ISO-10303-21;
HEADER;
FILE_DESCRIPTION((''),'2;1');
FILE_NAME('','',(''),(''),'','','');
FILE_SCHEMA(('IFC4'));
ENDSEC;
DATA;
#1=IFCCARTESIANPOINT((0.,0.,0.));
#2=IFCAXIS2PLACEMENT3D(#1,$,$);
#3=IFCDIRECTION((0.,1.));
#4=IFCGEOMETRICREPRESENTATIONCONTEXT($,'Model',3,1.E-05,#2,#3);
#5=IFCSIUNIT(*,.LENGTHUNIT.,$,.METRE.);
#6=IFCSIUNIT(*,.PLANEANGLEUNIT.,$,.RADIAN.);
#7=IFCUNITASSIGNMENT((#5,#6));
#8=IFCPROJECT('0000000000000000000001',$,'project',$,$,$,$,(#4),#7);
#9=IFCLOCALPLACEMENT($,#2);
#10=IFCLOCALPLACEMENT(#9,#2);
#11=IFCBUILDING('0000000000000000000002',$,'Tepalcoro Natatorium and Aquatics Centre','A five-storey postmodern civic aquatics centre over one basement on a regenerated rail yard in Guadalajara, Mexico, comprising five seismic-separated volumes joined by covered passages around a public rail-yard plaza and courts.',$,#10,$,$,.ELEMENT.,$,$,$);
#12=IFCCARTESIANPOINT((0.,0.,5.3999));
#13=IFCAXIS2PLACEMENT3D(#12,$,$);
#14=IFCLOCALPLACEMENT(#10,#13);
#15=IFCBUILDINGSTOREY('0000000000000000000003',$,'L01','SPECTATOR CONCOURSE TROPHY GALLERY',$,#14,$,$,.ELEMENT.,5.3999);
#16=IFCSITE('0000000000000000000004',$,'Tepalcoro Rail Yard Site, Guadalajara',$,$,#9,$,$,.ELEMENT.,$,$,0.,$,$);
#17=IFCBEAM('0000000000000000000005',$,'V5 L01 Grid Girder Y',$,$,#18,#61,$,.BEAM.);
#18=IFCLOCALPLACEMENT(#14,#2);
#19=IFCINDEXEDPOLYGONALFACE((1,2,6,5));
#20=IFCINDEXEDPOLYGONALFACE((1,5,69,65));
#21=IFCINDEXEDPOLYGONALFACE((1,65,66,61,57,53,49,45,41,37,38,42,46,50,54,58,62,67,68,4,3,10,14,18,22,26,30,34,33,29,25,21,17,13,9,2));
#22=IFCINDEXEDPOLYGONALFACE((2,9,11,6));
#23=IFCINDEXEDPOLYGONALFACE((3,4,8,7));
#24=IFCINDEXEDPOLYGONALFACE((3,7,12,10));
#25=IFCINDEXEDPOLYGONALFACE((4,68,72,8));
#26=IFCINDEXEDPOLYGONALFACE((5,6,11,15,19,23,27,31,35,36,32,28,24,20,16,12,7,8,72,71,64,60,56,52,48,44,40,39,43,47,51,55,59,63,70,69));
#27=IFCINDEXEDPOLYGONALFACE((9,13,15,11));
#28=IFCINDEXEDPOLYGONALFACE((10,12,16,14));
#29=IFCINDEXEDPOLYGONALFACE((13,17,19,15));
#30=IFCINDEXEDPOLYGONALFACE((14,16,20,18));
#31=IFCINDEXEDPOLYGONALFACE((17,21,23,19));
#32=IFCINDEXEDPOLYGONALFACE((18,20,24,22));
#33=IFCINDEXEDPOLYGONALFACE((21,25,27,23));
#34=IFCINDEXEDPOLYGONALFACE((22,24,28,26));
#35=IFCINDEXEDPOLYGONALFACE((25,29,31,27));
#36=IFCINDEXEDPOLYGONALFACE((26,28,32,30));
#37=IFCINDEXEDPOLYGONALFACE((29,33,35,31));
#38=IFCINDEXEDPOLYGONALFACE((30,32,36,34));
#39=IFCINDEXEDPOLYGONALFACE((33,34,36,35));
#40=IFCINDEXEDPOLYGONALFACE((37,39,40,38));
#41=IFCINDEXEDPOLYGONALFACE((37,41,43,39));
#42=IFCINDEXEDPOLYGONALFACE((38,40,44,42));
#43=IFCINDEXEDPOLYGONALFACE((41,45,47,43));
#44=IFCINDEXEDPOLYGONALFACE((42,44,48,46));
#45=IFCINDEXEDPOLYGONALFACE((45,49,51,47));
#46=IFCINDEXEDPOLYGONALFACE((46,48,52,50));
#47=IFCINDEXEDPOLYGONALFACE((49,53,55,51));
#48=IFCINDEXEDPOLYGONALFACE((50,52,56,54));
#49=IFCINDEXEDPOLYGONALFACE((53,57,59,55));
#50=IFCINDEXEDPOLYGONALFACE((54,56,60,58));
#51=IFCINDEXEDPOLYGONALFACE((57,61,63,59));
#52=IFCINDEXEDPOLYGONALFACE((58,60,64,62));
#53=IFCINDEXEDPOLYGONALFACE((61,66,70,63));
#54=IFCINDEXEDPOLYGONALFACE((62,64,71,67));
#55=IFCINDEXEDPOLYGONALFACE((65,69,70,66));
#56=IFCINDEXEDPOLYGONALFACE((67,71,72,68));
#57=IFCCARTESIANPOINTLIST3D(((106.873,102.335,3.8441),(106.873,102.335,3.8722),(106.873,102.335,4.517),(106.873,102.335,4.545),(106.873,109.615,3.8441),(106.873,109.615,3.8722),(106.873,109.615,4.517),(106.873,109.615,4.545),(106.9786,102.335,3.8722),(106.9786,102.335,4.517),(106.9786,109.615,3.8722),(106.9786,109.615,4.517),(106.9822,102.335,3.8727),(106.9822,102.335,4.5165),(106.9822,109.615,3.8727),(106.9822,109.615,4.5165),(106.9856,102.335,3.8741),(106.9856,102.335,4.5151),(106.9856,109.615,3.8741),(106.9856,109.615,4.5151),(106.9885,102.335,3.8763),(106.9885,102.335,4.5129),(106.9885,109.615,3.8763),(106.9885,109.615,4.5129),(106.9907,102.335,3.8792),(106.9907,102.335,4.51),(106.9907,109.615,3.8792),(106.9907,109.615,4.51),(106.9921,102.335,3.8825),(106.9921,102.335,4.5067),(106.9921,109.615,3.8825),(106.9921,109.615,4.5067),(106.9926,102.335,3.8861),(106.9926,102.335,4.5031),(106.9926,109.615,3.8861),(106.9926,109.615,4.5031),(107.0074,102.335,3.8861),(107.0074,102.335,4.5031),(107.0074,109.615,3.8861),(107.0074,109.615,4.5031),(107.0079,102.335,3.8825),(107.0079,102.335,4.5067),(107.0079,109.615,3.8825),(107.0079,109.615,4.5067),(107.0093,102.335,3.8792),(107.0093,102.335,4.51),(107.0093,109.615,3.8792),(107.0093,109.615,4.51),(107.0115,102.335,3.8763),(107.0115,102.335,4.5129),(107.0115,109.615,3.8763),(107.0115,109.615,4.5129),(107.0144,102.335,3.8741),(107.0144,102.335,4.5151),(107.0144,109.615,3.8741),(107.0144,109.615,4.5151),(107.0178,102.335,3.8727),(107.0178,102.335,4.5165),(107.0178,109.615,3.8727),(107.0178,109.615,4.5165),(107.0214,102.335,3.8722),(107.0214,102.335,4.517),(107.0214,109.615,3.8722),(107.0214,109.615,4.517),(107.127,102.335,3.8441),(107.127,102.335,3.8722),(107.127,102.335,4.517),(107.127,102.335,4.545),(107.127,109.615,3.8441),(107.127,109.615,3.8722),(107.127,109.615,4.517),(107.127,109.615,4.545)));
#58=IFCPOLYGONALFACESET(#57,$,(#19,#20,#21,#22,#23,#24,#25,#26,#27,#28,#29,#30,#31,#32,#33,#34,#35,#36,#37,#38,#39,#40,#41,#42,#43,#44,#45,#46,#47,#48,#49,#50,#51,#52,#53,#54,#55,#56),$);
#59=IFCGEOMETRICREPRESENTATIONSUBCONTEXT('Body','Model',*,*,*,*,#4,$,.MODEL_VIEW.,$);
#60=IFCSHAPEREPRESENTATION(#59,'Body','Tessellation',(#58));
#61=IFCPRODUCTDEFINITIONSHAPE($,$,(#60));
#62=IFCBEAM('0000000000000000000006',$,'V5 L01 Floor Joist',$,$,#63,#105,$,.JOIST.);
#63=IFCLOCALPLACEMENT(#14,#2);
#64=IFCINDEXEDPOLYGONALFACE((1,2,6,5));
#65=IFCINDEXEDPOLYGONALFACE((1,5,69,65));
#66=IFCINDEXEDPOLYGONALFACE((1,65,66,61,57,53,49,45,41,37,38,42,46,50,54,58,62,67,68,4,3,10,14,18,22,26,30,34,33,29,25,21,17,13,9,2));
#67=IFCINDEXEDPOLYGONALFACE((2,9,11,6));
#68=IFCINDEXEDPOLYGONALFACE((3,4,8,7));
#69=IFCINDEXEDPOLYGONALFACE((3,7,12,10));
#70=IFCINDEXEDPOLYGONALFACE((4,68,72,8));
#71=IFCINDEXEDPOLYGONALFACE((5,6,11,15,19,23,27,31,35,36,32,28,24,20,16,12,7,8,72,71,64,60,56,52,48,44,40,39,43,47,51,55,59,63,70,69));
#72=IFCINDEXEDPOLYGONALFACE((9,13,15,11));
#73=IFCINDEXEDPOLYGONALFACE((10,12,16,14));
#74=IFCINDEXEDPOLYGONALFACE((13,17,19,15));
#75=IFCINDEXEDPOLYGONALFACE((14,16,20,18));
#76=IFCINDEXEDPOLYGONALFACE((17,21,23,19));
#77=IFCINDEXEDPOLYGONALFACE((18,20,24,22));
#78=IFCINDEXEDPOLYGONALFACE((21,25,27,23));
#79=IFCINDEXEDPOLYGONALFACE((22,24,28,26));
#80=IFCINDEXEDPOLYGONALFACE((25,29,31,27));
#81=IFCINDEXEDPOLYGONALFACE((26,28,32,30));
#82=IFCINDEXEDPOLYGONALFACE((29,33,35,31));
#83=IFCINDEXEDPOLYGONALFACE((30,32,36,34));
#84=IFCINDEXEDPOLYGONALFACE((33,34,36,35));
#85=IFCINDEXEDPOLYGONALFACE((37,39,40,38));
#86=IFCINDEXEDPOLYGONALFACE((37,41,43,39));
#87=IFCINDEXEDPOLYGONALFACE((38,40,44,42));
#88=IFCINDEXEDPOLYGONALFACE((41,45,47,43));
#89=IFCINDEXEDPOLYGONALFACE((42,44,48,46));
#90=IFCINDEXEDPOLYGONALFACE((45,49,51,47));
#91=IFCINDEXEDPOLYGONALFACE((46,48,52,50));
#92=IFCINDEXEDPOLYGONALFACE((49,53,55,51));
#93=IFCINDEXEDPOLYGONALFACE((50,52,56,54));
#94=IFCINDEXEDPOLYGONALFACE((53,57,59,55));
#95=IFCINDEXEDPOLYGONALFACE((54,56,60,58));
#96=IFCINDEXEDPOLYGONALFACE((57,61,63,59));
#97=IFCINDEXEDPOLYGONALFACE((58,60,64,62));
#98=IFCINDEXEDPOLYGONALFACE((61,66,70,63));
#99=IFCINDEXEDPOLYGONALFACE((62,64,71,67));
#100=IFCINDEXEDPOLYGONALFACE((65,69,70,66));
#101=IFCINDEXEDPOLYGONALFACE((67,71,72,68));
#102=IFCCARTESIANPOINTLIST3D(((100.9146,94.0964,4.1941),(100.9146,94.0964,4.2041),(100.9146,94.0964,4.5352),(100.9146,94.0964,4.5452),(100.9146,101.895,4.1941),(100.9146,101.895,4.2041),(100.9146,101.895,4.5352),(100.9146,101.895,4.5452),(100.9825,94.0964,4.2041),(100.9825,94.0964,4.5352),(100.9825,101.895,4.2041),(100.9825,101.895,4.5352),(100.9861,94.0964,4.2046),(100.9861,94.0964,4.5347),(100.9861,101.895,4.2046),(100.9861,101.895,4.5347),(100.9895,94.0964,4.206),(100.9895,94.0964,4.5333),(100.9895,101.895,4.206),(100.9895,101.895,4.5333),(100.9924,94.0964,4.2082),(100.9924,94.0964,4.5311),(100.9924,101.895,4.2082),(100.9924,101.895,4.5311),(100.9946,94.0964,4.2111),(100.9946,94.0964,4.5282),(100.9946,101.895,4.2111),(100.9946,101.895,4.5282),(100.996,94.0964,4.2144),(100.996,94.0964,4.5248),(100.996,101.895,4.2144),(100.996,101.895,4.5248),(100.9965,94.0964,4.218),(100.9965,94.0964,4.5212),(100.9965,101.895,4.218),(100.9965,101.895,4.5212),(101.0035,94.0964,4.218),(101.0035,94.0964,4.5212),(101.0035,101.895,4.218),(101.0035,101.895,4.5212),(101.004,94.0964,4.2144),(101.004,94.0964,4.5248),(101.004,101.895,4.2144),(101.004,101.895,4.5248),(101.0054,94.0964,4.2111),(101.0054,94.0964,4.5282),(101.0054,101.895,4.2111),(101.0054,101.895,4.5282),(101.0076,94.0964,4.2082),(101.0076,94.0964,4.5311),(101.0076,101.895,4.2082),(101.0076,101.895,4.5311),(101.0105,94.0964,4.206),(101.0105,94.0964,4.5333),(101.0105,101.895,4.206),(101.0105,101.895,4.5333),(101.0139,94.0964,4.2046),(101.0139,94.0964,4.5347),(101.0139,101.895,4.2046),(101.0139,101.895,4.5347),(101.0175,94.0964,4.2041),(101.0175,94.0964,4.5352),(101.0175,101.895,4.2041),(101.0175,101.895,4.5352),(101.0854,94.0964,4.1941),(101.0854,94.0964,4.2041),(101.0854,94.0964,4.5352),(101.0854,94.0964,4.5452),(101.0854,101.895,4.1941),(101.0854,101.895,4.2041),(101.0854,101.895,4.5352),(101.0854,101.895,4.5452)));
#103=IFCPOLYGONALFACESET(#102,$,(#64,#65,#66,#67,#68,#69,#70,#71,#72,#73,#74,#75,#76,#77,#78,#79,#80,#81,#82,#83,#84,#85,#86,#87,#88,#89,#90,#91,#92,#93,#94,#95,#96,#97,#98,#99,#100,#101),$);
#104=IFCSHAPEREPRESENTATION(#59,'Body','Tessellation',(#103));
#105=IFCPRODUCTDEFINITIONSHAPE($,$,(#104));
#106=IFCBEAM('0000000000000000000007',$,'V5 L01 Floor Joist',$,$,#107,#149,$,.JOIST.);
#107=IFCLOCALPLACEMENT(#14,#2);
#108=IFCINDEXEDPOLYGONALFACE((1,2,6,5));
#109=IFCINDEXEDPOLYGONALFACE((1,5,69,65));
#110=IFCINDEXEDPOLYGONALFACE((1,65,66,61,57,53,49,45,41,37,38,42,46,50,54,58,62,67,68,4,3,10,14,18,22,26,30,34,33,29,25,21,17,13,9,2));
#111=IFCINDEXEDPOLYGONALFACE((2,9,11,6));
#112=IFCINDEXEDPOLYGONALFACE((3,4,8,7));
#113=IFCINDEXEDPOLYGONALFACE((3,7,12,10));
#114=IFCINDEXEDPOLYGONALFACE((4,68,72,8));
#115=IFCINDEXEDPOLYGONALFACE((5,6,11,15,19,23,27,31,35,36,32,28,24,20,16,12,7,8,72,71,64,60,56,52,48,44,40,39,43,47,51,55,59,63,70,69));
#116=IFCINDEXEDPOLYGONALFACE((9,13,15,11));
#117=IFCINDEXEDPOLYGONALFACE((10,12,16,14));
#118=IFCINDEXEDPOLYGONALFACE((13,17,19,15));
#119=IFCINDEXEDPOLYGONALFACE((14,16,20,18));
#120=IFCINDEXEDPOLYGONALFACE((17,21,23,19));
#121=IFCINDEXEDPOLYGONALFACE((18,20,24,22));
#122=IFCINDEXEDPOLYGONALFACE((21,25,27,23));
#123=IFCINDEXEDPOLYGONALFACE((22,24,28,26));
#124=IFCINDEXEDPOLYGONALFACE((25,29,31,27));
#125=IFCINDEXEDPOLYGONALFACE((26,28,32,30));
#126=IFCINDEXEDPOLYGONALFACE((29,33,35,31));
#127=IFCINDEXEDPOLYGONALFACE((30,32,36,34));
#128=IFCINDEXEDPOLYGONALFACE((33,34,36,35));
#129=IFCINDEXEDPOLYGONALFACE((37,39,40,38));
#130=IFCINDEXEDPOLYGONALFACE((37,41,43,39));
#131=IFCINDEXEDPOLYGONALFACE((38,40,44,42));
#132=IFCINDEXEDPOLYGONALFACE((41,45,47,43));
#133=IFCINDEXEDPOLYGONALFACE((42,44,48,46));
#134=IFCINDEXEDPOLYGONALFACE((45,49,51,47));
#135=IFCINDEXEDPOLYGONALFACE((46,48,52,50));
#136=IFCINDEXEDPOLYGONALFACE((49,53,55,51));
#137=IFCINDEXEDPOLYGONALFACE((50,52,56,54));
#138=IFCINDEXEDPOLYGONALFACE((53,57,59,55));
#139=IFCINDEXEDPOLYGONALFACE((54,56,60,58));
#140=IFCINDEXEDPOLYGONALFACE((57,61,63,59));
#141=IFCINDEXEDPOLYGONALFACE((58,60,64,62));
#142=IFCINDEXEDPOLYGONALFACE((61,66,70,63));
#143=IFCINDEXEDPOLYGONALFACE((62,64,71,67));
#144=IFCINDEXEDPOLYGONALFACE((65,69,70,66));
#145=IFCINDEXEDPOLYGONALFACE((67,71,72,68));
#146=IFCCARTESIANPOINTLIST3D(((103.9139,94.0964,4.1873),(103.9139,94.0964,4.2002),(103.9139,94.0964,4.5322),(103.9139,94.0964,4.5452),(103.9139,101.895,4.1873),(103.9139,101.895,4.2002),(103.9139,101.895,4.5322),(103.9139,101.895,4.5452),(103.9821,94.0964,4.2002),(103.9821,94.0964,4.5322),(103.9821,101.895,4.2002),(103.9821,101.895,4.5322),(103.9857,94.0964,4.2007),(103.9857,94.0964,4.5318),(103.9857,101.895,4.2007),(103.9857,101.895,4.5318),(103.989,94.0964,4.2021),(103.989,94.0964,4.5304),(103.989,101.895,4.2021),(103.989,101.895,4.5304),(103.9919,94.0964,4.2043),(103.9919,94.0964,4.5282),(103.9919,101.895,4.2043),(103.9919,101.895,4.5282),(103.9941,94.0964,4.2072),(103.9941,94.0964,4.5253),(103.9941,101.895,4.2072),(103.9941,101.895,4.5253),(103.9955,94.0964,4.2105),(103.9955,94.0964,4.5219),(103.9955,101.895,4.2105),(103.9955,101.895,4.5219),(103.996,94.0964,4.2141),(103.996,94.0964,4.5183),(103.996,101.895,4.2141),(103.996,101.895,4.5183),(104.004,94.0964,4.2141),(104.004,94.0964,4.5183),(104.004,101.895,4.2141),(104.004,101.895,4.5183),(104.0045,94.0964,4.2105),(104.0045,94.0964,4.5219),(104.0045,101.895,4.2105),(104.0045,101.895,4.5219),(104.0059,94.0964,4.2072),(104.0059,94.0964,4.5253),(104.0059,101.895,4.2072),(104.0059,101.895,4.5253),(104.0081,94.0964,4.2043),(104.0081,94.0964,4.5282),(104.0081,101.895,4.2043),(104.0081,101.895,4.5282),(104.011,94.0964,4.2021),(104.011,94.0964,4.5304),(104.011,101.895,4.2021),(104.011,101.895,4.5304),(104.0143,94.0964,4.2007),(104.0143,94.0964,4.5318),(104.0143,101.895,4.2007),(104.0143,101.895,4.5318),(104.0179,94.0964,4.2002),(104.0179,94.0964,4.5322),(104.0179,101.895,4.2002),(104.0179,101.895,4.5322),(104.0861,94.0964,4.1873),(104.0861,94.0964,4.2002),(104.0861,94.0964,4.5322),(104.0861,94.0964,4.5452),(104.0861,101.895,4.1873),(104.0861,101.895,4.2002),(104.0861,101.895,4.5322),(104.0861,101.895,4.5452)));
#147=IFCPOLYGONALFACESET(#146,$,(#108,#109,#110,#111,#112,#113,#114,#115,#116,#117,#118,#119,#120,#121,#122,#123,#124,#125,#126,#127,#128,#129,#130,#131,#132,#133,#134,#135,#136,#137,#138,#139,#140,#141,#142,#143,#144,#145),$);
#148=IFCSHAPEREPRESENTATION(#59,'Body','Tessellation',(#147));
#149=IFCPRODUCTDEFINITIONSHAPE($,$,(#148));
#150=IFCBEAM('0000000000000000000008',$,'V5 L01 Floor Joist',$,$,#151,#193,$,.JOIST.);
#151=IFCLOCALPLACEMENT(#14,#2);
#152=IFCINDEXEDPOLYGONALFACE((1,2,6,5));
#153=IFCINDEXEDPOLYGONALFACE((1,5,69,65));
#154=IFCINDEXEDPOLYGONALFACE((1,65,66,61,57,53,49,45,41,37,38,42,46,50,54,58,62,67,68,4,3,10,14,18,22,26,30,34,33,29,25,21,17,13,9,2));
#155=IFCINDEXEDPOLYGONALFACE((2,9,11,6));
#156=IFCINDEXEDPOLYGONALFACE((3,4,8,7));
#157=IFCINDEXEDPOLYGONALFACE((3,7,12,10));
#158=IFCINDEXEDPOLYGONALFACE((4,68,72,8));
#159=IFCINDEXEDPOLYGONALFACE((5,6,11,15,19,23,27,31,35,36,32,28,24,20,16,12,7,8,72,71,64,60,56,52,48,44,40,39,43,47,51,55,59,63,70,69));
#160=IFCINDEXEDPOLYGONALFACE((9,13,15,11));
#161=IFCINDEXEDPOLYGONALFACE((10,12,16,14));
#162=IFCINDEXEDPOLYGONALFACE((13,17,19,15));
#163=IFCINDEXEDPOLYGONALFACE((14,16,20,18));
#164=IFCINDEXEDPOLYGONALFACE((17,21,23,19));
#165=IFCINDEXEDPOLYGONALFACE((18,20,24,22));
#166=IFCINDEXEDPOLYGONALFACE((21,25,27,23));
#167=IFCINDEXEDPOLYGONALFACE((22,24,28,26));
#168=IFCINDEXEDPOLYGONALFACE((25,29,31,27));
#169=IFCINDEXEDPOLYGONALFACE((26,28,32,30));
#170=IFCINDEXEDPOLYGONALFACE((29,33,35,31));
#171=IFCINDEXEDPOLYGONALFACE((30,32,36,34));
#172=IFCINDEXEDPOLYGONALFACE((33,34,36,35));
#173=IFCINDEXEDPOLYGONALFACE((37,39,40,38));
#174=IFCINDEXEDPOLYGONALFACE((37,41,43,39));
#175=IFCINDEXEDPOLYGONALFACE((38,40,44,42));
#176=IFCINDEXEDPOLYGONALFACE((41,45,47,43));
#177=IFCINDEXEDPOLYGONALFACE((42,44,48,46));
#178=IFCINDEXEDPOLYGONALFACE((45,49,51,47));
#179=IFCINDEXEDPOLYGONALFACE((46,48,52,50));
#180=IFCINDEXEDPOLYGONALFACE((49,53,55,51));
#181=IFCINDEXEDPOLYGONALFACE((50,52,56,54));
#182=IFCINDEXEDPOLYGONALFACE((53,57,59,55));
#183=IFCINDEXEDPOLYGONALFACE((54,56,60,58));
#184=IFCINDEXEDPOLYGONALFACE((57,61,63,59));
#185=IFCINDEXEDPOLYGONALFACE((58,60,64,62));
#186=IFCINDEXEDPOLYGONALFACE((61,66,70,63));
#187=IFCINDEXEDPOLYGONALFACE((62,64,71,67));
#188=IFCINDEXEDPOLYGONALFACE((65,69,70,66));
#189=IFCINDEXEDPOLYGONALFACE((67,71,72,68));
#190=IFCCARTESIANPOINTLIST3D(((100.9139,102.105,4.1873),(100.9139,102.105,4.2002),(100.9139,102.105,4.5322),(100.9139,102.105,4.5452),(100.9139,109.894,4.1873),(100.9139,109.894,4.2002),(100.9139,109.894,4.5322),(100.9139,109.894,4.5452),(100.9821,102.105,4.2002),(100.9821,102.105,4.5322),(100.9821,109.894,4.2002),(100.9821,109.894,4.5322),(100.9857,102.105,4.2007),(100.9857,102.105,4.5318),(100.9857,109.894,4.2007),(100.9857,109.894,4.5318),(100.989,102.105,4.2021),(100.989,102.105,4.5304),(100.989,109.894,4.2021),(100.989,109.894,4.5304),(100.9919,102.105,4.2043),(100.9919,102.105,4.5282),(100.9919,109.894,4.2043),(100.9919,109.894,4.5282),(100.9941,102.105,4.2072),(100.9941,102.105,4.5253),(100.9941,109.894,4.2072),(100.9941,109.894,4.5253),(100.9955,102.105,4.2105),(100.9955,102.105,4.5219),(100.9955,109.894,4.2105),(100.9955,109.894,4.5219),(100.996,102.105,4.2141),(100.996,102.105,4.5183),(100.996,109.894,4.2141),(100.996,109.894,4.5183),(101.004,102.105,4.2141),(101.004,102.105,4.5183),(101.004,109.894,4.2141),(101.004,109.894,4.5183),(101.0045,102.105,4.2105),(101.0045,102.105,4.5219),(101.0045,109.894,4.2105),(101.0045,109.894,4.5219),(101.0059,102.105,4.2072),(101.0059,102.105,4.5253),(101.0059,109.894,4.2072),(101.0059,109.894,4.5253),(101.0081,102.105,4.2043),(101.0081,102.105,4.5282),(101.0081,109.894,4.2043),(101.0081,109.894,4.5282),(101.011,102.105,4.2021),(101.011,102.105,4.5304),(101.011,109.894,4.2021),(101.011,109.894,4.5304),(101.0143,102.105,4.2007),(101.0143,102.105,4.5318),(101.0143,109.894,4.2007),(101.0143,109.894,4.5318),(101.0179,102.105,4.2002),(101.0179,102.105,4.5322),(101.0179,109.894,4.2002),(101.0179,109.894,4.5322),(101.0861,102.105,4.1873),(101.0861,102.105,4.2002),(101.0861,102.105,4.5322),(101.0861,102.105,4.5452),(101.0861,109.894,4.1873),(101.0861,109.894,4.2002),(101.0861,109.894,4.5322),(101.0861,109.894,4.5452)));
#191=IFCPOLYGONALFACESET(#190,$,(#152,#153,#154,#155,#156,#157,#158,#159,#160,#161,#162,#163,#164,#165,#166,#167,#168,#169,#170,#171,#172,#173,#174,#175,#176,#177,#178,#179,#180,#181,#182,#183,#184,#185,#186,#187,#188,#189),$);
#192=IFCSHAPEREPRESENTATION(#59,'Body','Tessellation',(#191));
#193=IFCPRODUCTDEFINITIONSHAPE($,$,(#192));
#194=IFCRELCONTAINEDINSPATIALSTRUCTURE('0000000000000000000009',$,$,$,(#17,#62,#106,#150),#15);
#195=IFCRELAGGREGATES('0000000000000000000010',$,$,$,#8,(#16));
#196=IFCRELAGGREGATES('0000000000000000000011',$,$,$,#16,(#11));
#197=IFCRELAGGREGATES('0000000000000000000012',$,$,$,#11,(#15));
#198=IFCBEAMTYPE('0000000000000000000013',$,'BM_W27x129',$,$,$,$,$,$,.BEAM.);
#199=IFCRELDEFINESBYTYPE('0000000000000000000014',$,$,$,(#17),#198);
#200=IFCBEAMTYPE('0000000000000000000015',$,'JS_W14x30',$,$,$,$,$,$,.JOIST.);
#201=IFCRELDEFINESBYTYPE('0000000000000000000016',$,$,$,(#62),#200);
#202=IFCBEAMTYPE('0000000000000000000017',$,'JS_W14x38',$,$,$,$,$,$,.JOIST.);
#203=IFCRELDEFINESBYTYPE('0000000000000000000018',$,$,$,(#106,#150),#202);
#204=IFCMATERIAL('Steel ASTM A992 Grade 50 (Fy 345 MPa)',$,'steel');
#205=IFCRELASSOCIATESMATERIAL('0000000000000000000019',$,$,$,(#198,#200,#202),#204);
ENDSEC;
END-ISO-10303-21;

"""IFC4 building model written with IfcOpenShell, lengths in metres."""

from ifc_helpers import new_model, si_unit, direction, frame, origin, origin_2d, place, context, subcontext, project, spatial, i_section, extrude, material, material_profile, profile_set, type_object, element, save


model = new_model("IFC4")

# Units and contexts
model_context = context("Model", 3, precision=1e-05, world=origin(), true_north=direction((0.0, 1.0)))
body_context = subcontext(model_context, "Body", "Model", "MODEL_VIEW")
ifc_project = project(units=[si_unit("LENGTHUNIT", "METRE"), si_unit("PLANEANGLEUNIT", "RADIAN")], contexts=[model_context])

# Site, building, storey
site_placement = place(None, origin())
site = spatial("IfcSite", under=ifc_project, at=site_placement, Name="Tepalcoro Rail Yard Site, Guadalajara", CompositionType="ELEMENT", RefElevation=0.0)
building_placement = place(site_placement, origin())
building = spatial("IfcBuilding", under=site, at=building_placement, Name="Tepalcoro Natatorium and Aquatics Centre", Description="A five-storey postmodern civic aquatics centre over one basement on a regenerated rail yard in Guadalajara, Mexico, comprising five seismic-separated volumes joined by covered passages around a public rail-yard plaza and courts.", CompositionType="ELEMENT")
storey_placement = place(building_placement, frame((0.0, 0.0, 5.3999)))
storey = spatial("IfcBuildingStorey", under=building, at=storey_placement, Name="L01", Description="SPECTATOR CONCOURSE TROPHY GALLERY", CompositionType="ELEMENT", Elevation=5.3999)

# Beams
ifc_material_1 = material(Name="Steel ASTM A992 Grade 50 (Fy 345 MPa)", Category="steel")
ifc_material_profile_1 = material_profile(ifc_material_1, i_section(OverallWidth=0.2539, OverallDepth=0.7009, WebThickness=0.0149, FlangeThickness=0.0281, FilletRadius=0.0139, at=origin_2d()), Name="W27X129")
ifc_profile_set_1 = profile_set([ifc_material_profile_1], Name="Steel ASTM A992 Grade 50 (Fy 345 MPa)")
beam_type_1 = type_object("IfcBeamType", Name="BM_W27x129", PredefinedType="BEAM", material=ifc_profile_set_1)
beam_1_placement = place(storey_placement, frame((107.0, 102.335, 4.1946), z_axis=(0.0, 1.0, 0.0), x_axis=(-1.0, 0.0, 0.0)))
element("IfcBeam", 1, at=beam_1_placement, inside=storey, type_object=beam_type_1, Name="V5 L01 Grid Girder Y", PredefinedType="BEAM", context=body_context, shape_type="SweptSolid", body=[
    extrude(i_section(OverallWidth=0.2539, OverallDepth=0.7009, WebThickness=0.0149, FlangeThickness=0.0281, FilletRadius=0.0139, at=origin_2d()), origin(), (0.0, 0.0, 1.0), 7.28),
])
ifc_material_profile_2 = material_profile(ifc_material_1, i_section(OverallWidth=0.1709, OverallDepth=0.3511, WebThickness=0.0071, FlangeThickness=0.01, FilletRadius=0.0139, at=origin_2d()), Name="W14X30")
ifc_profile_set_2 = profile_set([ifc_material_profile_2], Name="Steel ASTM A992 Grade 50 (Fy 345 MPa)")
beam_type_2 = type_object("IfcBeamType", Name="JS_W14x30", PredefinedType="JOIST", material=ifc_profile_set_2)
beam_2_placement = place(storey_placement, frame((101.0, 94.0964, 4.3696), z_axis=(0.0, 1.0, 0.0), x_axis=(-1.0, 0.0, 0.0)))
element("IfcBeam", 2, at=beam_2_placement, inside=storey, type_object=beam_type_2, Name="V5 L01 Floor Joist", PredefinedType="JOIST", context=body_context, shape_type="SweptSolid", body=[
    extrude(i_section(OverallWidth=0.1709, OverallDepth=0.3511, WebThickness=0.0071, FlangeThickness=0.01, FilletRadius=0.0139, at=origin_2d()), origin(), (0.0, 0.0, 1.0), 7.7986),
])
ifc_material_profile_3 = material_profile(ifc_material_1, i_section(OverallWidth=0.1721, OverallDepth=0.3579, WebThickness=0.0081, FlangeThickness=0.0129, FilletRadius=0.0139, at=origin_2d()), Name="W14X38")
ifc_profile_set_3 = profile_set([ifc_material_profile_3], Name="Steel ASTM A992 Grade 50 (Fy 345 MPa)")
beam_type_3 = type_object("IfcBeamType", Name="JS_W14x38", PredefinedType="JOIST", material=ifc_profile_set_3)
beam_3_placement = place(storey_placement, frame((104.0, 94.0964, 4.3662), z_axis=(0.0, 1.0, 0.0), x_axis=(-1.0, 0.0, 0.0)))
element("IfcBeam", 3, at=beam_3_placement, inside=storey, type_object=beam_type_3, Name="V5 L01 Floor Joist", PredefinedType="JOIST", context=body_context, shape_type="SweptSolid", body=[
    extrude(i_section(OverallWidth=0.1721, OverallDepth=0.3579, WebThickness=0.0081, FlangeThickness=0.0129, FilletRadius=0.0139, at=origin_2d()), origin(), (0.0, 0.0, 1.0), 7.7986),
])
beam_4_placement = place(storey_placement, frame((101.0, 102.105, 4.3662), z_axis=(0.0, 1.0, 0.0), x_axis=(-1.0, 0.0, 0.0)))
element("IfcBeam", 4, at=beam_4_placement, inside=storey, type_object=beam_type_3, Name="V5 L01 Floor Joist", PredefinedType="JOIST", context=body_context, shape_type="SweptSolid", body=[
    extrude(i_section(OverallWidth=0.1721, OverallDepth=0.3579, WebThickness=0.0081, FlangeThickness=0.0129, FilletRadius=0.0139, at=origin_2d()), origin(), (0.0, 0.0, 1.0), 7.7891),
])

save(model, "model.ifc")
